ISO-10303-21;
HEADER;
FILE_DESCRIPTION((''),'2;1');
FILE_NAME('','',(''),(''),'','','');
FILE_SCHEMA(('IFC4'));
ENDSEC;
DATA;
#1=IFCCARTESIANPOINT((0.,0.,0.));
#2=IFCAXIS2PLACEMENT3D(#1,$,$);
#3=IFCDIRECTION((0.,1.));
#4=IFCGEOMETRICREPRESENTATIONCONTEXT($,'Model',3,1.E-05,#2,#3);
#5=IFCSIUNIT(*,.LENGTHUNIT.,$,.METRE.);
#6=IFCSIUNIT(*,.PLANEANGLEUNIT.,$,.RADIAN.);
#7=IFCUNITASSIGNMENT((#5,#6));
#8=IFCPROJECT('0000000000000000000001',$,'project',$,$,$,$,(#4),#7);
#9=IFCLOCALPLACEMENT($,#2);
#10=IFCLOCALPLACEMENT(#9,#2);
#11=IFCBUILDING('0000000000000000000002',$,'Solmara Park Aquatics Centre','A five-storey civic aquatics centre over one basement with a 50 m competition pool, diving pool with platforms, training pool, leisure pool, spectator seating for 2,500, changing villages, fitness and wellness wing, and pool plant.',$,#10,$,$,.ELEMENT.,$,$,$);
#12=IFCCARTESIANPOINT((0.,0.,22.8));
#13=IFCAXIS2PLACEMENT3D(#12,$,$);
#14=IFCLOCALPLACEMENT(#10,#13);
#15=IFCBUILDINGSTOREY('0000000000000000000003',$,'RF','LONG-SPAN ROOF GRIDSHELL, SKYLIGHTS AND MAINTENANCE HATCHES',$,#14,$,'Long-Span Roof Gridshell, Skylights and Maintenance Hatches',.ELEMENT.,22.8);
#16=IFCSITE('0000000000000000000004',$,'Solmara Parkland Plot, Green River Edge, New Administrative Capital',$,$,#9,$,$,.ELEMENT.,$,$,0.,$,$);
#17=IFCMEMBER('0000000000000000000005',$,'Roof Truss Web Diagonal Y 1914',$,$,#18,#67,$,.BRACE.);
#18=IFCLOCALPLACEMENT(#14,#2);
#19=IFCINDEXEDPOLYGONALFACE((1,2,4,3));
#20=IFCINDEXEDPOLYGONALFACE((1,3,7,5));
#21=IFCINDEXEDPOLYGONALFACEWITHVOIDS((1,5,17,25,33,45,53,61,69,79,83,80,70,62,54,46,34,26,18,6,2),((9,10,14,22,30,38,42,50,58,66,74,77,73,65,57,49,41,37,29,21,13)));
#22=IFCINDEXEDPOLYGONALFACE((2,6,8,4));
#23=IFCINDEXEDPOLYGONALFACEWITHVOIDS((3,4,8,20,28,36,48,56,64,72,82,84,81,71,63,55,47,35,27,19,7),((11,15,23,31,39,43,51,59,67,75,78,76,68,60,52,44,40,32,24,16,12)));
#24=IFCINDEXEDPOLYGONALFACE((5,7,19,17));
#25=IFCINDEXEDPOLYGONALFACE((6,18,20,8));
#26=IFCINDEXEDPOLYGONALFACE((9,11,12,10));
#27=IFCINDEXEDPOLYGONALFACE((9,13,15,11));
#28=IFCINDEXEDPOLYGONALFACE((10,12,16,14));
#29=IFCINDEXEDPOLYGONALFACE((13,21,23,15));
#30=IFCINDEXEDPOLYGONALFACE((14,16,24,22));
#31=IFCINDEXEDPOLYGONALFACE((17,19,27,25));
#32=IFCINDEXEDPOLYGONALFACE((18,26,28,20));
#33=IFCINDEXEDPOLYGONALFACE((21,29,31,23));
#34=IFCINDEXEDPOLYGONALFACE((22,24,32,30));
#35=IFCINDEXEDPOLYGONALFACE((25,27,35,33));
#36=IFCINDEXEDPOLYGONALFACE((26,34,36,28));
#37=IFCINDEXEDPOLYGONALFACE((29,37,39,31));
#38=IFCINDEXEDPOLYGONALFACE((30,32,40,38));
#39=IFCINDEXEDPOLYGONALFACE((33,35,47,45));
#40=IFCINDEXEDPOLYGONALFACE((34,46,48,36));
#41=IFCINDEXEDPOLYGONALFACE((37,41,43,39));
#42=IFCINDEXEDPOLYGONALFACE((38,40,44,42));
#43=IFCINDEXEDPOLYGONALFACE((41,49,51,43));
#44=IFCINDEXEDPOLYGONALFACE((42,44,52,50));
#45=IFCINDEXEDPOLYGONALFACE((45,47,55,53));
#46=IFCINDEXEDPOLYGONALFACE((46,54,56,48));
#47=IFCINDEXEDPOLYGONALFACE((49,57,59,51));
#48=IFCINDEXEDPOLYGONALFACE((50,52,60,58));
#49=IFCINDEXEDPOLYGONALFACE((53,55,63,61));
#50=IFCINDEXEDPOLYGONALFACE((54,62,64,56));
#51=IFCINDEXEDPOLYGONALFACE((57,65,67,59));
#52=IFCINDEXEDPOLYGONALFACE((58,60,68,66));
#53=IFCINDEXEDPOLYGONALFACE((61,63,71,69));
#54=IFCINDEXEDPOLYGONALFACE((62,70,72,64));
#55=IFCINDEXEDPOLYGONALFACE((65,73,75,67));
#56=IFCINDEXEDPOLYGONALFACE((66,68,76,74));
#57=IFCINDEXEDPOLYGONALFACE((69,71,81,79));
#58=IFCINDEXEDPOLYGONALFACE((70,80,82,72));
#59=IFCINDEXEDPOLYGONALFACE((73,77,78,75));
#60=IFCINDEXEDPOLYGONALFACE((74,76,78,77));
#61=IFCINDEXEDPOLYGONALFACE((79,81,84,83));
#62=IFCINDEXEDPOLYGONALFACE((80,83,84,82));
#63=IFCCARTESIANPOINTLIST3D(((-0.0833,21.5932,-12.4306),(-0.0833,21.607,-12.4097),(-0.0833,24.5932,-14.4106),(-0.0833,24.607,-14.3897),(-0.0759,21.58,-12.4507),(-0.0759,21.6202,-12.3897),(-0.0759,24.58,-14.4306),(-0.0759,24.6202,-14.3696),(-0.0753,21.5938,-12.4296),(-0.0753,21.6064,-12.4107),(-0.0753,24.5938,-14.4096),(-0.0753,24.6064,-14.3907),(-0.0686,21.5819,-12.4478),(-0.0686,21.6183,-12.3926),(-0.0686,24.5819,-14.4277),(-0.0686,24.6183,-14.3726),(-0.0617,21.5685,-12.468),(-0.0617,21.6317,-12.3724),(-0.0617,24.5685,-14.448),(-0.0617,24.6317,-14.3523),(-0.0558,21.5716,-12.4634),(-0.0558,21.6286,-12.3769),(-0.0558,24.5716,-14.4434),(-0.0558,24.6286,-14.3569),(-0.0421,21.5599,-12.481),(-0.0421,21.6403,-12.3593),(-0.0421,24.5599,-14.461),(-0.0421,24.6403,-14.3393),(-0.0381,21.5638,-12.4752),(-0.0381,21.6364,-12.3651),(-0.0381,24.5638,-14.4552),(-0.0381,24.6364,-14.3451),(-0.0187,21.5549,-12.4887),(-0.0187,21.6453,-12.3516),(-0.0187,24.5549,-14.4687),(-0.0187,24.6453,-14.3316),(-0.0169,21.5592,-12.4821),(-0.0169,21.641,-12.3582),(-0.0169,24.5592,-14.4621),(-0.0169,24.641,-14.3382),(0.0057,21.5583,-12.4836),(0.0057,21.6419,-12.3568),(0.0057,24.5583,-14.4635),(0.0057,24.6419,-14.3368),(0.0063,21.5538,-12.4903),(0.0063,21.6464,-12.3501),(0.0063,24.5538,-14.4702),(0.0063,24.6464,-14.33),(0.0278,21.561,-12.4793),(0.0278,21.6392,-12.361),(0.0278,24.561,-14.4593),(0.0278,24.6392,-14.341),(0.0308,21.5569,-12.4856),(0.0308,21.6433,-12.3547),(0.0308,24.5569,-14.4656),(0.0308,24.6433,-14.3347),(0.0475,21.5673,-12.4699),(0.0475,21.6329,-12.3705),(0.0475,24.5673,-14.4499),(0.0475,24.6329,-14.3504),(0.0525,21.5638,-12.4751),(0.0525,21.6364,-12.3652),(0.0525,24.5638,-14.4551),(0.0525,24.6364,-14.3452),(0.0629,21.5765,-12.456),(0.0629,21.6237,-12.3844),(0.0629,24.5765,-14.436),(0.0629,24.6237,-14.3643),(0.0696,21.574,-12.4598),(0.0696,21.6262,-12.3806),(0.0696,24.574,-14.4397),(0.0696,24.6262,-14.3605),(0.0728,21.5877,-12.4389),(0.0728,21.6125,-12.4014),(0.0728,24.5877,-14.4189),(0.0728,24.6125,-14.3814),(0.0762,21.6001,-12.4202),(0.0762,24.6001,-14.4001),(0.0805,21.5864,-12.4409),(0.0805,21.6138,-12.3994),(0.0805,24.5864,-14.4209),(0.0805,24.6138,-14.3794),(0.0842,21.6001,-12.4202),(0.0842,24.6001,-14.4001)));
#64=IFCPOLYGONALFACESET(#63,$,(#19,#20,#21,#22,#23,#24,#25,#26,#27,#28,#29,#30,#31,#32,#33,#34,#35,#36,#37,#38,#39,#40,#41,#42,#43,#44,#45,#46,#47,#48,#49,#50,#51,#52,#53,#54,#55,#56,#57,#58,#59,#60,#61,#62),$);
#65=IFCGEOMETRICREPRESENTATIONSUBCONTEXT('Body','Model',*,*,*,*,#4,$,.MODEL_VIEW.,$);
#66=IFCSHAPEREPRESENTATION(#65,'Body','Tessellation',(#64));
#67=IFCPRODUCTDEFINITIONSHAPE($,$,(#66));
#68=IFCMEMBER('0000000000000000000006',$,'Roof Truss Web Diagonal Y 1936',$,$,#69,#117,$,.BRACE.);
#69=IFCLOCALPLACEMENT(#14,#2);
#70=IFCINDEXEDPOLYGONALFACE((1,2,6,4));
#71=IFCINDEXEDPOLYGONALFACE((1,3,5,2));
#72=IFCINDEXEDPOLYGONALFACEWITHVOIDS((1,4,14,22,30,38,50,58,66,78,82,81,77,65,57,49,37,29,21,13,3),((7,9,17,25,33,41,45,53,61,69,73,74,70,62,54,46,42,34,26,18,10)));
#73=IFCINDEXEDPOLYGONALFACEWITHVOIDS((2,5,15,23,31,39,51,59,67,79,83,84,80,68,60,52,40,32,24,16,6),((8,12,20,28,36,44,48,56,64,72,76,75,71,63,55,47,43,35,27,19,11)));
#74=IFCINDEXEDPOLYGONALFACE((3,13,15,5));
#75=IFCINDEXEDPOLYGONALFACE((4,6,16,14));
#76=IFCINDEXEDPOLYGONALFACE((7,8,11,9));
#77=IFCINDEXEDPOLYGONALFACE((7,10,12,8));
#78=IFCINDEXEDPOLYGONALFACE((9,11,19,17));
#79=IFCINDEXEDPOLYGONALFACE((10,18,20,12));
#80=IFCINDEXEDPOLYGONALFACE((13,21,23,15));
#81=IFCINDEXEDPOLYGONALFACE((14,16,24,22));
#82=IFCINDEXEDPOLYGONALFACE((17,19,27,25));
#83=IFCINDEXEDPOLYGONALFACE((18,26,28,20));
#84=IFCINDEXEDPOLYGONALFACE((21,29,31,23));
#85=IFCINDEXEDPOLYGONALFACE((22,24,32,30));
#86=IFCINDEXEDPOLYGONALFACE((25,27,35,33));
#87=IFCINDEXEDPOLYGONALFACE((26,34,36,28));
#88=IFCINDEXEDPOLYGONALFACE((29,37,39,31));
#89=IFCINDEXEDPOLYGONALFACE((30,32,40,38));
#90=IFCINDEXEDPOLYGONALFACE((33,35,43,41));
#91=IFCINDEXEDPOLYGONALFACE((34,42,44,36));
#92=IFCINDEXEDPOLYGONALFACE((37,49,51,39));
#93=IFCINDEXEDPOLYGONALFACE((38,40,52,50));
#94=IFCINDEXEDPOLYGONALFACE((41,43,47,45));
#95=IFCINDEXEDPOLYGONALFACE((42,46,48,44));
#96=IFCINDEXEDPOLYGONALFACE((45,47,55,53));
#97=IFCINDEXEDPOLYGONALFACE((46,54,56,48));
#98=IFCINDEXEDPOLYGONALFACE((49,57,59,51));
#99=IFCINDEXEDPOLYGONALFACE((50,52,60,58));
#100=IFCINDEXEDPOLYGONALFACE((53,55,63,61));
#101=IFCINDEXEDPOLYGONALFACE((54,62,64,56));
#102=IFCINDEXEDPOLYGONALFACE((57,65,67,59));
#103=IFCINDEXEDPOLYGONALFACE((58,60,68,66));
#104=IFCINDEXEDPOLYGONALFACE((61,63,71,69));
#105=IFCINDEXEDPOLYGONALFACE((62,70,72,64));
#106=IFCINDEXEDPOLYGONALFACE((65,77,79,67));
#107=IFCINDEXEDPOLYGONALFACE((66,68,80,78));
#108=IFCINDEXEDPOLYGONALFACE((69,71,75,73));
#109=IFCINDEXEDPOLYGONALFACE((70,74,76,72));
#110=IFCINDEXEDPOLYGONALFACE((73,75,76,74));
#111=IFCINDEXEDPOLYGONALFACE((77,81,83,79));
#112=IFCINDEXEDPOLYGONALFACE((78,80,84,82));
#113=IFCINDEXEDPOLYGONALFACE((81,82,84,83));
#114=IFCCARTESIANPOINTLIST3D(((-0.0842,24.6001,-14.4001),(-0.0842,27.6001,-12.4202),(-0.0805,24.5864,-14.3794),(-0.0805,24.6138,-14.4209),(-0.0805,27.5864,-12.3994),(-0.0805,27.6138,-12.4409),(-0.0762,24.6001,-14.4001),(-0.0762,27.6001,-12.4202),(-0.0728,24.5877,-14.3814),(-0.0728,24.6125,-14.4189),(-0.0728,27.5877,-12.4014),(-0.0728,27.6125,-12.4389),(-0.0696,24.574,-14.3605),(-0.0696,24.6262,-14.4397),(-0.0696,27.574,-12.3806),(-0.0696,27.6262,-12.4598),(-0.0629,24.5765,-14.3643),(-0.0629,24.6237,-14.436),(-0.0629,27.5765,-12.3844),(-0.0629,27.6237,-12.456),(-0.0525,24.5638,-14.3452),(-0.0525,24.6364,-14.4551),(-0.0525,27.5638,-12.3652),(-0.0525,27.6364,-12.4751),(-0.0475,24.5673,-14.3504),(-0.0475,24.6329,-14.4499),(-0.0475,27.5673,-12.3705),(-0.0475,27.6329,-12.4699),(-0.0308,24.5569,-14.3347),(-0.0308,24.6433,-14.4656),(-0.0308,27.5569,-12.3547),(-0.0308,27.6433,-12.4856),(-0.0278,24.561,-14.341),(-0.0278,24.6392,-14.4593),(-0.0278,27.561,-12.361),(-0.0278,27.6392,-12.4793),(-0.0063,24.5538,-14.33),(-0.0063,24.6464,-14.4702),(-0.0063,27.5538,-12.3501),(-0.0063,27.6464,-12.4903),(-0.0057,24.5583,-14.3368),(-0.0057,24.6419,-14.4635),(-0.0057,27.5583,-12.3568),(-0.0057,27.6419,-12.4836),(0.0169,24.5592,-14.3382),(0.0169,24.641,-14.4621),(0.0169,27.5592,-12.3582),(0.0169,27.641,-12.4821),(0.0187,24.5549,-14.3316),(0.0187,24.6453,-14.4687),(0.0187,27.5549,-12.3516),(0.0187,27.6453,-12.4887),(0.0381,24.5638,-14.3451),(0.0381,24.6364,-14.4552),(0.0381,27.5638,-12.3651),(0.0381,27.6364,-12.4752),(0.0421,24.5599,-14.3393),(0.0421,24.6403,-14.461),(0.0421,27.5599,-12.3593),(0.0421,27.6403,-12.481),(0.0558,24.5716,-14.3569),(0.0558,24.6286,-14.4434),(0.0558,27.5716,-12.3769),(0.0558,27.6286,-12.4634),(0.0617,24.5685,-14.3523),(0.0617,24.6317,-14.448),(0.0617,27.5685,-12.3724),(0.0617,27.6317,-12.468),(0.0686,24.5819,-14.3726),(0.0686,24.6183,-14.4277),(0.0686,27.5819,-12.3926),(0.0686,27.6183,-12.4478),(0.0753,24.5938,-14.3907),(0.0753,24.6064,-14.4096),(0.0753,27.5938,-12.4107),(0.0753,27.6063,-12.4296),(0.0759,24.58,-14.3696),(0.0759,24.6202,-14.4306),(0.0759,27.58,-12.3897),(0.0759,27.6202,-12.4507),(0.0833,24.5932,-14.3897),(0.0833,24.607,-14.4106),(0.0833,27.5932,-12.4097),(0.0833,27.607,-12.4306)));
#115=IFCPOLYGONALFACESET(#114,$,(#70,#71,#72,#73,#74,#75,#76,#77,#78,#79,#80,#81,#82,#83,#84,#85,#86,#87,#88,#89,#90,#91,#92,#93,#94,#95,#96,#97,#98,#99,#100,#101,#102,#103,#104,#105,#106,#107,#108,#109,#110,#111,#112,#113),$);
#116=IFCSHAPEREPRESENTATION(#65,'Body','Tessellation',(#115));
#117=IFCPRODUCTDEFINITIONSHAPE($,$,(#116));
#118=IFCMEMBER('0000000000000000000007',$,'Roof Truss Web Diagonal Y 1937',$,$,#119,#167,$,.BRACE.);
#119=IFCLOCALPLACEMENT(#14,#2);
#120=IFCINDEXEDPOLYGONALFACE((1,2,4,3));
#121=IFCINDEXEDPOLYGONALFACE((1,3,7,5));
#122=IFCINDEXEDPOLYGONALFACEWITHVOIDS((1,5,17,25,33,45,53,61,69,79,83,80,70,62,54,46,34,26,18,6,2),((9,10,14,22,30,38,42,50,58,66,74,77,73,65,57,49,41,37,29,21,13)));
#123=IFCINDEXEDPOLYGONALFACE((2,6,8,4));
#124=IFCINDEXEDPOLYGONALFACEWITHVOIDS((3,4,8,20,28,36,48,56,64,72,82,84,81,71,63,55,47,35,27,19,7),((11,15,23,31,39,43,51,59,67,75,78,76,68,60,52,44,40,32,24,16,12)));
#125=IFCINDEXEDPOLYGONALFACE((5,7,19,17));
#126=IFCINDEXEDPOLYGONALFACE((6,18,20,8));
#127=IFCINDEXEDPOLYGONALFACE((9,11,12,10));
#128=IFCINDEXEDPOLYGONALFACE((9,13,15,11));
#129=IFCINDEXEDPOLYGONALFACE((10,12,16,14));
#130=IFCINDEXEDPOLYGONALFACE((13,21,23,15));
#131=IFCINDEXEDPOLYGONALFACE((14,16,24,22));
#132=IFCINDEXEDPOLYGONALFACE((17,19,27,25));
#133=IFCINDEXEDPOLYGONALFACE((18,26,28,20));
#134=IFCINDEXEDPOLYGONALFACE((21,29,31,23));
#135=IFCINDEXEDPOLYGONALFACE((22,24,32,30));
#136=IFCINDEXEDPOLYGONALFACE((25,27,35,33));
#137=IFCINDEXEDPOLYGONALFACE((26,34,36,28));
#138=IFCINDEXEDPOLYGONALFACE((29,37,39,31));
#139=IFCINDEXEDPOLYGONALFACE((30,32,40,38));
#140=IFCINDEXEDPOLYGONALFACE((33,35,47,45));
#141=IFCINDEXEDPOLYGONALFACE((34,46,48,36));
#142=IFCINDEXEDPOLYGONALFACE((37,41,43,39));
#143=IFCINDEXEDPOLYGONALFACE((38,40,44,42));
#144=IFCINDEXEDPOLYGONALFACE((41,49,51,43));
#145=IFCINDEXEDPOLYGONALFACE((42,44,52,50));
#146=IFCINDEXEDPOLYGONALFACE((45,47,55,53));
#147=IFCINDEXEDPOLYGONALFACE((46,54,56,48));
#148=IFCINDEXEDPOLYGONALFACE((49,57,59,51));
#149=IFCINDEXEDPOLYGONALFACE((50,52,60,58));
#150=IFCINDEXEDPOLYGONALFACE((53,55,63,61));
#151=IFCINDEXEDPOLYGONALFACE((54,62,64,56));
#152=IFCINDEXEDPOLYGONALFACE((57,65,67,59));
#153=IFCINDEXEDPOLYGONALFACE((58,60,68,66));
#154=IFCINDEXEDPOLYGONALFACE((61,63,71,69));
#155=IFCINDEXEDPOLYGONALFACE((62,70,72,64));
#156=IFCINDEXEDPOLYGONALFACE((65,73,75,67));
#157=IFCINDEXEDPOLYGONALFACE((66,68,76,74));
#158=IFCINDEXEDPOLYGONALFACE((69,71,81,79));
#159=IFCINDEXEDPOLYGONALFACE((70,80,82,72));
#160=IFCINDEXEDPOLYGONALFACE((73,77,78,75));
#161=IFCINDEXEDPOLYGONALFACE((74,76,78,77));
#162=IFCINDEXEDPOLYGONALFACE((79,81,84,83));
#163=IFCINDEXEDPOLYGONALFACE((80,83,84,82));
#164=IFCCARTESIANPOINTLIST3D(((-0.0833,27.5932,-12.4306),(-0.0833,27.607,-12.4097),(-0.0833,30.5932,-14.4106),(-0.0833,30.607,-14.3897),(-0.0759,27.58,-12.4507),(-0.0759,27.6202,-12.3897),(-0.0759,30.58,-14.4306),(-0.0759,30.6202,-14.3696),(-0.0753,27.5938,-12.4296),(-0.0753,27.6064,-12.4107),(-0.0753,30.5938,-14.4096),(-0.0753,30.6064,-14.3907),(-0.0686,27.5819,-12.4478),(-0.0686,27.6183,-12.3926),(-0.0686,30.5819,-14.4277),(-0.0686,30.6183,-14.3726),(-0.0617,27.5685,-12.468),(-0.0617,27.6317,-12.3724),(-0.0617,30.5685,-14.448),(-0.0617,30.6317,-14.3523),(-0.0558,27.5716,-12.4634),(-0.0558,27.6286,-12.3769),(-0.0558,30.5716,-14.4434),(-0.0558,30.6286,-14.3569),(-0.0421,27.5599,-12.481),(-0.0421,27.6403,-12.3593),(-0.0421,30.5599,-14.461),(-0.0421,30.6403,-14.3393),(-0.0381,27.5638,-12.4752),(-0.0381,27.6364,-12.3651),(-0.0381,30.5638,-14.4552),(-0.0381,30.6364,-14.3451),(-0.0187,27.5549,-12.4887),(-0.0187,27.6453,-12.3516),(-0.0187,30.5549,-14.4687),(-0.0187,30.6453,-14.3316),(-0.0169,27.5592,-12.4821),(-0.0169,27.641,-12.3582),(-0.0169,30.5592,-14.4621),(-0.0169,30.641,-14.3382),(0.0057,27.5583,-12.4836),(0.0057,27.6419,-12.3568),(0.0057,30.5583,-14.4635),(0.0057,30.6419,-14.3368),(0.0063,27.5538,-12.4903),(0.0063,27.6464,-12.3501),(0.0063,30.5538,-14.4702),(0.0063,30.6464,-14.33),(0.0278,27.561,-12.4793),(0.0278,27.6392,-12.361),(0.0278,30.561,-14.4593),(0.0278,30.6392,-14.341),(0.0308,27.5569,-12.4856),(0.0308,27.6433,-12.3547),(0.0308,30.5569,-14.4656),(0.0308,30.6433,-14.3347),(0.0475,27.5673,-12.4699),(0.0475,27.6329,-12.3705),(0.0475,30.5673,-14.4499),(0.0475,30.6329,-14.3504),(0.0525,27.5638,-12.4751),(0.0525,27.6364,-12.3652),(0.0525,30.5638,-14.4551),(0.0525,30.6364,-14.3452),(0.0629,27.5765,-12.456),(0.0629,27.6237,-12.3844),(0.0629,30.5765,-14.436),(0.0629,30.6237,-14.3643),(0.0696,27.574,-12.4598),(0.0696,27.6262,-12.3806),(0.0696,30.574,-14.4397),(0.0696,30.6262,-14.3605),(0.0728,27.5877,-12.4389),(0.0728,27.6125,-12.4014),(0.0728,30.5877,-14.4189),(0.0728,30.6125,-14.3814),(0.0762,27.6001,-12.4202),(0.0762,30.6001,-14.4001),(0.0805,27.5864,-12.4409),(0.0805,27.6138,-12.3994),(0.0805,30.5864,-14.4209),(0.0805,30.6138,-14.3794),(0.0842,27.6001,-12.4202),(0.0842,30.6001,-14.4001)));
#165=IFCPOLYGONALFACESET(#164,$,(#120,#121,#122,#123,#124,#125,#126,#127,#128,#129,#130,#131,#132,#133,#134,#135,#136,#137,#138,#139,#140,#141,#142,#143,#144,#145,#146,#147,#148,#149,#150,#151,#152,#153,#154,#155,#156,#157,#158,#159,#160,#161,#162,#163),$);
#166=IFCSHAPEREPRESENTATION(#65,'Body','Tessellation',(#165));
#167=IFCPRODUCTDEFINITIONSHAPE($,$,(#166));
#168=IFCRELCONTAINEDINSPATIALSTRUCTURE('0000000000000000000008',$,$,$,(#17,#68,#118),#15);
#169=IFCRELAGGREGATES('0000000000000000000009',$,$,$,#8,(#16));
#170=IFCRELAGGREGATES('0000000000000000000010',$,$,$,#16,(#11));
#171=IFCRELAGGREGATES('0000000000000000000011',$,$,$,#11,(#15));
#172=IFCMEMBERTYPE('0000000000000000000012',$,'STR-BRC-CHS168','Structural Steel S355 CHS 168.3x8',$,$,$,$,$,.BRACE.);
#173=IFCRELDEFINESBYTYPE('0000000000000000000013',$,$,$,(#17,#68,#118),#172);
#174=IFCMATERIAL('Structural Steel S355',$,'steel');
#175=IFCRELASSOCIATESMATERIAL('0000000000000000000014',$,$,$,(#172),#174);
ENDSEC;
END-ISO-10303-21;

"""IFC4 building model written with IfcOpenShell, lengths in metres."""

from ifc_helpers import new_model, si_unit, direction, frame, origin, origin_2d, place, context, subcontext, project, spatial, hollow_circle, extrude, material, material_profile, profile_set, type_object, element, save


model = new_model("IFC4")

# Units and contexts
model_context = context("Model", 3, precision=1e-05, world=origin(), true_north=direction((0.0, 1.0)))
body_context = subcontext(model_context, "Body", "Model", "MODEL_VIEW")
ifc_project = project(units=[si_unit("LENGTHUNIT", "METRE"), si_unit("PLANEANGLEUNIT", "RADIAN")], contexts=[model_context])

# Site, building, storey
site_placement = place(None, origin())
site = spatial("IfcSite", under=ifc_project, at=site_placement, Name="Solmara Parkland Plot, Green River Edge, New Administrative Capital", CompositionType="ELEMENT", RefElevation=0.0)
building_placement = place(site_placement, origin())
building = spatial("IfcBuilding", under=site, at=building_placement, Name="Solmara Park Aquatics Centre", Description="A five-storey civic aquatics centre over one basement with a 50 m competition pool, diving pool with platforms, training pool, leisure pool, spectator seating for 2,500, changing villages, fitness and wellness wing, and pool plant.", CompositionType="ELEMENT")
storey_placement = place(building_placement, frame((0.0, 0.0, 22.8)))
storey = spatial("IfcBuildingStorey", under=building, at=storey_placement, Name="RF", Description="LONG-SPAN ROOF GRIDSHELL, SKYLIGHTS AND MAINTENANCE HATCHES", LongName="Long-Span Roof Gridshell, Skylights and Maintenance Hatches", CompositionType="ELEMENT", Elevation=22.8)

# Members
ifc_material_1 = material(Name="Structural Steel S355", Category="steel")
ifc_material_profile_1 = material_profile(ifc_material_1, hollow_circle(Radius=0.0842, WallThickness=0.0081, at=origin_2d()), Name="CHS 168.3x8")
ifc_profile_set_1 = profile_set([ifc_material_profile_1], Name="Structural Steel S355")
member_type_1 = type_object("IfcMemberType", Name="STR-BRC-CHS168", Description="Structural Steel S355 CHS 168.3x8", PredefinedType="BRACE", material=ifc_profile_set_1)
for number, where, z_axis, x_axis, name in (
    (1, (0.0, 24.6001, -14.4001), (0.0, -0.834612, 0.550838), (1.0, 0.0, 0.0), "Roof Truss Web Diagonal Y 1914"),
    (2, (0.0, 24.6001, -14.4001), (0.0, 0.834612, 0.550838), (-1.0, 0.0, 0.0), "Roof Truss Web Diagonal Y 1936"),
    (3, (0.0, 30.6001, -14.4001), (0.0, -0.834612, 0.550838), (1.0, 0.0, 0.0), "Roof Truss Web Diagonal Y 1937"),
):
    element("IfcMember", number, at=place(storey_placement, frame(where, z_axis=z_axis, x_axis=x_axis)), inside=storey, type_object=member_type_1, Name=name, PredefinedType="BRACE", context=body_context, shape_type="SweptSolid", body=[
        extrude(hollow_circle(Radius=0.0842, WallThickness=0.0081, at=origin_2d()), origin(), (0.0, 0.0, 1.0), 3.5945),
    ])

save(model, "model.ifc")
